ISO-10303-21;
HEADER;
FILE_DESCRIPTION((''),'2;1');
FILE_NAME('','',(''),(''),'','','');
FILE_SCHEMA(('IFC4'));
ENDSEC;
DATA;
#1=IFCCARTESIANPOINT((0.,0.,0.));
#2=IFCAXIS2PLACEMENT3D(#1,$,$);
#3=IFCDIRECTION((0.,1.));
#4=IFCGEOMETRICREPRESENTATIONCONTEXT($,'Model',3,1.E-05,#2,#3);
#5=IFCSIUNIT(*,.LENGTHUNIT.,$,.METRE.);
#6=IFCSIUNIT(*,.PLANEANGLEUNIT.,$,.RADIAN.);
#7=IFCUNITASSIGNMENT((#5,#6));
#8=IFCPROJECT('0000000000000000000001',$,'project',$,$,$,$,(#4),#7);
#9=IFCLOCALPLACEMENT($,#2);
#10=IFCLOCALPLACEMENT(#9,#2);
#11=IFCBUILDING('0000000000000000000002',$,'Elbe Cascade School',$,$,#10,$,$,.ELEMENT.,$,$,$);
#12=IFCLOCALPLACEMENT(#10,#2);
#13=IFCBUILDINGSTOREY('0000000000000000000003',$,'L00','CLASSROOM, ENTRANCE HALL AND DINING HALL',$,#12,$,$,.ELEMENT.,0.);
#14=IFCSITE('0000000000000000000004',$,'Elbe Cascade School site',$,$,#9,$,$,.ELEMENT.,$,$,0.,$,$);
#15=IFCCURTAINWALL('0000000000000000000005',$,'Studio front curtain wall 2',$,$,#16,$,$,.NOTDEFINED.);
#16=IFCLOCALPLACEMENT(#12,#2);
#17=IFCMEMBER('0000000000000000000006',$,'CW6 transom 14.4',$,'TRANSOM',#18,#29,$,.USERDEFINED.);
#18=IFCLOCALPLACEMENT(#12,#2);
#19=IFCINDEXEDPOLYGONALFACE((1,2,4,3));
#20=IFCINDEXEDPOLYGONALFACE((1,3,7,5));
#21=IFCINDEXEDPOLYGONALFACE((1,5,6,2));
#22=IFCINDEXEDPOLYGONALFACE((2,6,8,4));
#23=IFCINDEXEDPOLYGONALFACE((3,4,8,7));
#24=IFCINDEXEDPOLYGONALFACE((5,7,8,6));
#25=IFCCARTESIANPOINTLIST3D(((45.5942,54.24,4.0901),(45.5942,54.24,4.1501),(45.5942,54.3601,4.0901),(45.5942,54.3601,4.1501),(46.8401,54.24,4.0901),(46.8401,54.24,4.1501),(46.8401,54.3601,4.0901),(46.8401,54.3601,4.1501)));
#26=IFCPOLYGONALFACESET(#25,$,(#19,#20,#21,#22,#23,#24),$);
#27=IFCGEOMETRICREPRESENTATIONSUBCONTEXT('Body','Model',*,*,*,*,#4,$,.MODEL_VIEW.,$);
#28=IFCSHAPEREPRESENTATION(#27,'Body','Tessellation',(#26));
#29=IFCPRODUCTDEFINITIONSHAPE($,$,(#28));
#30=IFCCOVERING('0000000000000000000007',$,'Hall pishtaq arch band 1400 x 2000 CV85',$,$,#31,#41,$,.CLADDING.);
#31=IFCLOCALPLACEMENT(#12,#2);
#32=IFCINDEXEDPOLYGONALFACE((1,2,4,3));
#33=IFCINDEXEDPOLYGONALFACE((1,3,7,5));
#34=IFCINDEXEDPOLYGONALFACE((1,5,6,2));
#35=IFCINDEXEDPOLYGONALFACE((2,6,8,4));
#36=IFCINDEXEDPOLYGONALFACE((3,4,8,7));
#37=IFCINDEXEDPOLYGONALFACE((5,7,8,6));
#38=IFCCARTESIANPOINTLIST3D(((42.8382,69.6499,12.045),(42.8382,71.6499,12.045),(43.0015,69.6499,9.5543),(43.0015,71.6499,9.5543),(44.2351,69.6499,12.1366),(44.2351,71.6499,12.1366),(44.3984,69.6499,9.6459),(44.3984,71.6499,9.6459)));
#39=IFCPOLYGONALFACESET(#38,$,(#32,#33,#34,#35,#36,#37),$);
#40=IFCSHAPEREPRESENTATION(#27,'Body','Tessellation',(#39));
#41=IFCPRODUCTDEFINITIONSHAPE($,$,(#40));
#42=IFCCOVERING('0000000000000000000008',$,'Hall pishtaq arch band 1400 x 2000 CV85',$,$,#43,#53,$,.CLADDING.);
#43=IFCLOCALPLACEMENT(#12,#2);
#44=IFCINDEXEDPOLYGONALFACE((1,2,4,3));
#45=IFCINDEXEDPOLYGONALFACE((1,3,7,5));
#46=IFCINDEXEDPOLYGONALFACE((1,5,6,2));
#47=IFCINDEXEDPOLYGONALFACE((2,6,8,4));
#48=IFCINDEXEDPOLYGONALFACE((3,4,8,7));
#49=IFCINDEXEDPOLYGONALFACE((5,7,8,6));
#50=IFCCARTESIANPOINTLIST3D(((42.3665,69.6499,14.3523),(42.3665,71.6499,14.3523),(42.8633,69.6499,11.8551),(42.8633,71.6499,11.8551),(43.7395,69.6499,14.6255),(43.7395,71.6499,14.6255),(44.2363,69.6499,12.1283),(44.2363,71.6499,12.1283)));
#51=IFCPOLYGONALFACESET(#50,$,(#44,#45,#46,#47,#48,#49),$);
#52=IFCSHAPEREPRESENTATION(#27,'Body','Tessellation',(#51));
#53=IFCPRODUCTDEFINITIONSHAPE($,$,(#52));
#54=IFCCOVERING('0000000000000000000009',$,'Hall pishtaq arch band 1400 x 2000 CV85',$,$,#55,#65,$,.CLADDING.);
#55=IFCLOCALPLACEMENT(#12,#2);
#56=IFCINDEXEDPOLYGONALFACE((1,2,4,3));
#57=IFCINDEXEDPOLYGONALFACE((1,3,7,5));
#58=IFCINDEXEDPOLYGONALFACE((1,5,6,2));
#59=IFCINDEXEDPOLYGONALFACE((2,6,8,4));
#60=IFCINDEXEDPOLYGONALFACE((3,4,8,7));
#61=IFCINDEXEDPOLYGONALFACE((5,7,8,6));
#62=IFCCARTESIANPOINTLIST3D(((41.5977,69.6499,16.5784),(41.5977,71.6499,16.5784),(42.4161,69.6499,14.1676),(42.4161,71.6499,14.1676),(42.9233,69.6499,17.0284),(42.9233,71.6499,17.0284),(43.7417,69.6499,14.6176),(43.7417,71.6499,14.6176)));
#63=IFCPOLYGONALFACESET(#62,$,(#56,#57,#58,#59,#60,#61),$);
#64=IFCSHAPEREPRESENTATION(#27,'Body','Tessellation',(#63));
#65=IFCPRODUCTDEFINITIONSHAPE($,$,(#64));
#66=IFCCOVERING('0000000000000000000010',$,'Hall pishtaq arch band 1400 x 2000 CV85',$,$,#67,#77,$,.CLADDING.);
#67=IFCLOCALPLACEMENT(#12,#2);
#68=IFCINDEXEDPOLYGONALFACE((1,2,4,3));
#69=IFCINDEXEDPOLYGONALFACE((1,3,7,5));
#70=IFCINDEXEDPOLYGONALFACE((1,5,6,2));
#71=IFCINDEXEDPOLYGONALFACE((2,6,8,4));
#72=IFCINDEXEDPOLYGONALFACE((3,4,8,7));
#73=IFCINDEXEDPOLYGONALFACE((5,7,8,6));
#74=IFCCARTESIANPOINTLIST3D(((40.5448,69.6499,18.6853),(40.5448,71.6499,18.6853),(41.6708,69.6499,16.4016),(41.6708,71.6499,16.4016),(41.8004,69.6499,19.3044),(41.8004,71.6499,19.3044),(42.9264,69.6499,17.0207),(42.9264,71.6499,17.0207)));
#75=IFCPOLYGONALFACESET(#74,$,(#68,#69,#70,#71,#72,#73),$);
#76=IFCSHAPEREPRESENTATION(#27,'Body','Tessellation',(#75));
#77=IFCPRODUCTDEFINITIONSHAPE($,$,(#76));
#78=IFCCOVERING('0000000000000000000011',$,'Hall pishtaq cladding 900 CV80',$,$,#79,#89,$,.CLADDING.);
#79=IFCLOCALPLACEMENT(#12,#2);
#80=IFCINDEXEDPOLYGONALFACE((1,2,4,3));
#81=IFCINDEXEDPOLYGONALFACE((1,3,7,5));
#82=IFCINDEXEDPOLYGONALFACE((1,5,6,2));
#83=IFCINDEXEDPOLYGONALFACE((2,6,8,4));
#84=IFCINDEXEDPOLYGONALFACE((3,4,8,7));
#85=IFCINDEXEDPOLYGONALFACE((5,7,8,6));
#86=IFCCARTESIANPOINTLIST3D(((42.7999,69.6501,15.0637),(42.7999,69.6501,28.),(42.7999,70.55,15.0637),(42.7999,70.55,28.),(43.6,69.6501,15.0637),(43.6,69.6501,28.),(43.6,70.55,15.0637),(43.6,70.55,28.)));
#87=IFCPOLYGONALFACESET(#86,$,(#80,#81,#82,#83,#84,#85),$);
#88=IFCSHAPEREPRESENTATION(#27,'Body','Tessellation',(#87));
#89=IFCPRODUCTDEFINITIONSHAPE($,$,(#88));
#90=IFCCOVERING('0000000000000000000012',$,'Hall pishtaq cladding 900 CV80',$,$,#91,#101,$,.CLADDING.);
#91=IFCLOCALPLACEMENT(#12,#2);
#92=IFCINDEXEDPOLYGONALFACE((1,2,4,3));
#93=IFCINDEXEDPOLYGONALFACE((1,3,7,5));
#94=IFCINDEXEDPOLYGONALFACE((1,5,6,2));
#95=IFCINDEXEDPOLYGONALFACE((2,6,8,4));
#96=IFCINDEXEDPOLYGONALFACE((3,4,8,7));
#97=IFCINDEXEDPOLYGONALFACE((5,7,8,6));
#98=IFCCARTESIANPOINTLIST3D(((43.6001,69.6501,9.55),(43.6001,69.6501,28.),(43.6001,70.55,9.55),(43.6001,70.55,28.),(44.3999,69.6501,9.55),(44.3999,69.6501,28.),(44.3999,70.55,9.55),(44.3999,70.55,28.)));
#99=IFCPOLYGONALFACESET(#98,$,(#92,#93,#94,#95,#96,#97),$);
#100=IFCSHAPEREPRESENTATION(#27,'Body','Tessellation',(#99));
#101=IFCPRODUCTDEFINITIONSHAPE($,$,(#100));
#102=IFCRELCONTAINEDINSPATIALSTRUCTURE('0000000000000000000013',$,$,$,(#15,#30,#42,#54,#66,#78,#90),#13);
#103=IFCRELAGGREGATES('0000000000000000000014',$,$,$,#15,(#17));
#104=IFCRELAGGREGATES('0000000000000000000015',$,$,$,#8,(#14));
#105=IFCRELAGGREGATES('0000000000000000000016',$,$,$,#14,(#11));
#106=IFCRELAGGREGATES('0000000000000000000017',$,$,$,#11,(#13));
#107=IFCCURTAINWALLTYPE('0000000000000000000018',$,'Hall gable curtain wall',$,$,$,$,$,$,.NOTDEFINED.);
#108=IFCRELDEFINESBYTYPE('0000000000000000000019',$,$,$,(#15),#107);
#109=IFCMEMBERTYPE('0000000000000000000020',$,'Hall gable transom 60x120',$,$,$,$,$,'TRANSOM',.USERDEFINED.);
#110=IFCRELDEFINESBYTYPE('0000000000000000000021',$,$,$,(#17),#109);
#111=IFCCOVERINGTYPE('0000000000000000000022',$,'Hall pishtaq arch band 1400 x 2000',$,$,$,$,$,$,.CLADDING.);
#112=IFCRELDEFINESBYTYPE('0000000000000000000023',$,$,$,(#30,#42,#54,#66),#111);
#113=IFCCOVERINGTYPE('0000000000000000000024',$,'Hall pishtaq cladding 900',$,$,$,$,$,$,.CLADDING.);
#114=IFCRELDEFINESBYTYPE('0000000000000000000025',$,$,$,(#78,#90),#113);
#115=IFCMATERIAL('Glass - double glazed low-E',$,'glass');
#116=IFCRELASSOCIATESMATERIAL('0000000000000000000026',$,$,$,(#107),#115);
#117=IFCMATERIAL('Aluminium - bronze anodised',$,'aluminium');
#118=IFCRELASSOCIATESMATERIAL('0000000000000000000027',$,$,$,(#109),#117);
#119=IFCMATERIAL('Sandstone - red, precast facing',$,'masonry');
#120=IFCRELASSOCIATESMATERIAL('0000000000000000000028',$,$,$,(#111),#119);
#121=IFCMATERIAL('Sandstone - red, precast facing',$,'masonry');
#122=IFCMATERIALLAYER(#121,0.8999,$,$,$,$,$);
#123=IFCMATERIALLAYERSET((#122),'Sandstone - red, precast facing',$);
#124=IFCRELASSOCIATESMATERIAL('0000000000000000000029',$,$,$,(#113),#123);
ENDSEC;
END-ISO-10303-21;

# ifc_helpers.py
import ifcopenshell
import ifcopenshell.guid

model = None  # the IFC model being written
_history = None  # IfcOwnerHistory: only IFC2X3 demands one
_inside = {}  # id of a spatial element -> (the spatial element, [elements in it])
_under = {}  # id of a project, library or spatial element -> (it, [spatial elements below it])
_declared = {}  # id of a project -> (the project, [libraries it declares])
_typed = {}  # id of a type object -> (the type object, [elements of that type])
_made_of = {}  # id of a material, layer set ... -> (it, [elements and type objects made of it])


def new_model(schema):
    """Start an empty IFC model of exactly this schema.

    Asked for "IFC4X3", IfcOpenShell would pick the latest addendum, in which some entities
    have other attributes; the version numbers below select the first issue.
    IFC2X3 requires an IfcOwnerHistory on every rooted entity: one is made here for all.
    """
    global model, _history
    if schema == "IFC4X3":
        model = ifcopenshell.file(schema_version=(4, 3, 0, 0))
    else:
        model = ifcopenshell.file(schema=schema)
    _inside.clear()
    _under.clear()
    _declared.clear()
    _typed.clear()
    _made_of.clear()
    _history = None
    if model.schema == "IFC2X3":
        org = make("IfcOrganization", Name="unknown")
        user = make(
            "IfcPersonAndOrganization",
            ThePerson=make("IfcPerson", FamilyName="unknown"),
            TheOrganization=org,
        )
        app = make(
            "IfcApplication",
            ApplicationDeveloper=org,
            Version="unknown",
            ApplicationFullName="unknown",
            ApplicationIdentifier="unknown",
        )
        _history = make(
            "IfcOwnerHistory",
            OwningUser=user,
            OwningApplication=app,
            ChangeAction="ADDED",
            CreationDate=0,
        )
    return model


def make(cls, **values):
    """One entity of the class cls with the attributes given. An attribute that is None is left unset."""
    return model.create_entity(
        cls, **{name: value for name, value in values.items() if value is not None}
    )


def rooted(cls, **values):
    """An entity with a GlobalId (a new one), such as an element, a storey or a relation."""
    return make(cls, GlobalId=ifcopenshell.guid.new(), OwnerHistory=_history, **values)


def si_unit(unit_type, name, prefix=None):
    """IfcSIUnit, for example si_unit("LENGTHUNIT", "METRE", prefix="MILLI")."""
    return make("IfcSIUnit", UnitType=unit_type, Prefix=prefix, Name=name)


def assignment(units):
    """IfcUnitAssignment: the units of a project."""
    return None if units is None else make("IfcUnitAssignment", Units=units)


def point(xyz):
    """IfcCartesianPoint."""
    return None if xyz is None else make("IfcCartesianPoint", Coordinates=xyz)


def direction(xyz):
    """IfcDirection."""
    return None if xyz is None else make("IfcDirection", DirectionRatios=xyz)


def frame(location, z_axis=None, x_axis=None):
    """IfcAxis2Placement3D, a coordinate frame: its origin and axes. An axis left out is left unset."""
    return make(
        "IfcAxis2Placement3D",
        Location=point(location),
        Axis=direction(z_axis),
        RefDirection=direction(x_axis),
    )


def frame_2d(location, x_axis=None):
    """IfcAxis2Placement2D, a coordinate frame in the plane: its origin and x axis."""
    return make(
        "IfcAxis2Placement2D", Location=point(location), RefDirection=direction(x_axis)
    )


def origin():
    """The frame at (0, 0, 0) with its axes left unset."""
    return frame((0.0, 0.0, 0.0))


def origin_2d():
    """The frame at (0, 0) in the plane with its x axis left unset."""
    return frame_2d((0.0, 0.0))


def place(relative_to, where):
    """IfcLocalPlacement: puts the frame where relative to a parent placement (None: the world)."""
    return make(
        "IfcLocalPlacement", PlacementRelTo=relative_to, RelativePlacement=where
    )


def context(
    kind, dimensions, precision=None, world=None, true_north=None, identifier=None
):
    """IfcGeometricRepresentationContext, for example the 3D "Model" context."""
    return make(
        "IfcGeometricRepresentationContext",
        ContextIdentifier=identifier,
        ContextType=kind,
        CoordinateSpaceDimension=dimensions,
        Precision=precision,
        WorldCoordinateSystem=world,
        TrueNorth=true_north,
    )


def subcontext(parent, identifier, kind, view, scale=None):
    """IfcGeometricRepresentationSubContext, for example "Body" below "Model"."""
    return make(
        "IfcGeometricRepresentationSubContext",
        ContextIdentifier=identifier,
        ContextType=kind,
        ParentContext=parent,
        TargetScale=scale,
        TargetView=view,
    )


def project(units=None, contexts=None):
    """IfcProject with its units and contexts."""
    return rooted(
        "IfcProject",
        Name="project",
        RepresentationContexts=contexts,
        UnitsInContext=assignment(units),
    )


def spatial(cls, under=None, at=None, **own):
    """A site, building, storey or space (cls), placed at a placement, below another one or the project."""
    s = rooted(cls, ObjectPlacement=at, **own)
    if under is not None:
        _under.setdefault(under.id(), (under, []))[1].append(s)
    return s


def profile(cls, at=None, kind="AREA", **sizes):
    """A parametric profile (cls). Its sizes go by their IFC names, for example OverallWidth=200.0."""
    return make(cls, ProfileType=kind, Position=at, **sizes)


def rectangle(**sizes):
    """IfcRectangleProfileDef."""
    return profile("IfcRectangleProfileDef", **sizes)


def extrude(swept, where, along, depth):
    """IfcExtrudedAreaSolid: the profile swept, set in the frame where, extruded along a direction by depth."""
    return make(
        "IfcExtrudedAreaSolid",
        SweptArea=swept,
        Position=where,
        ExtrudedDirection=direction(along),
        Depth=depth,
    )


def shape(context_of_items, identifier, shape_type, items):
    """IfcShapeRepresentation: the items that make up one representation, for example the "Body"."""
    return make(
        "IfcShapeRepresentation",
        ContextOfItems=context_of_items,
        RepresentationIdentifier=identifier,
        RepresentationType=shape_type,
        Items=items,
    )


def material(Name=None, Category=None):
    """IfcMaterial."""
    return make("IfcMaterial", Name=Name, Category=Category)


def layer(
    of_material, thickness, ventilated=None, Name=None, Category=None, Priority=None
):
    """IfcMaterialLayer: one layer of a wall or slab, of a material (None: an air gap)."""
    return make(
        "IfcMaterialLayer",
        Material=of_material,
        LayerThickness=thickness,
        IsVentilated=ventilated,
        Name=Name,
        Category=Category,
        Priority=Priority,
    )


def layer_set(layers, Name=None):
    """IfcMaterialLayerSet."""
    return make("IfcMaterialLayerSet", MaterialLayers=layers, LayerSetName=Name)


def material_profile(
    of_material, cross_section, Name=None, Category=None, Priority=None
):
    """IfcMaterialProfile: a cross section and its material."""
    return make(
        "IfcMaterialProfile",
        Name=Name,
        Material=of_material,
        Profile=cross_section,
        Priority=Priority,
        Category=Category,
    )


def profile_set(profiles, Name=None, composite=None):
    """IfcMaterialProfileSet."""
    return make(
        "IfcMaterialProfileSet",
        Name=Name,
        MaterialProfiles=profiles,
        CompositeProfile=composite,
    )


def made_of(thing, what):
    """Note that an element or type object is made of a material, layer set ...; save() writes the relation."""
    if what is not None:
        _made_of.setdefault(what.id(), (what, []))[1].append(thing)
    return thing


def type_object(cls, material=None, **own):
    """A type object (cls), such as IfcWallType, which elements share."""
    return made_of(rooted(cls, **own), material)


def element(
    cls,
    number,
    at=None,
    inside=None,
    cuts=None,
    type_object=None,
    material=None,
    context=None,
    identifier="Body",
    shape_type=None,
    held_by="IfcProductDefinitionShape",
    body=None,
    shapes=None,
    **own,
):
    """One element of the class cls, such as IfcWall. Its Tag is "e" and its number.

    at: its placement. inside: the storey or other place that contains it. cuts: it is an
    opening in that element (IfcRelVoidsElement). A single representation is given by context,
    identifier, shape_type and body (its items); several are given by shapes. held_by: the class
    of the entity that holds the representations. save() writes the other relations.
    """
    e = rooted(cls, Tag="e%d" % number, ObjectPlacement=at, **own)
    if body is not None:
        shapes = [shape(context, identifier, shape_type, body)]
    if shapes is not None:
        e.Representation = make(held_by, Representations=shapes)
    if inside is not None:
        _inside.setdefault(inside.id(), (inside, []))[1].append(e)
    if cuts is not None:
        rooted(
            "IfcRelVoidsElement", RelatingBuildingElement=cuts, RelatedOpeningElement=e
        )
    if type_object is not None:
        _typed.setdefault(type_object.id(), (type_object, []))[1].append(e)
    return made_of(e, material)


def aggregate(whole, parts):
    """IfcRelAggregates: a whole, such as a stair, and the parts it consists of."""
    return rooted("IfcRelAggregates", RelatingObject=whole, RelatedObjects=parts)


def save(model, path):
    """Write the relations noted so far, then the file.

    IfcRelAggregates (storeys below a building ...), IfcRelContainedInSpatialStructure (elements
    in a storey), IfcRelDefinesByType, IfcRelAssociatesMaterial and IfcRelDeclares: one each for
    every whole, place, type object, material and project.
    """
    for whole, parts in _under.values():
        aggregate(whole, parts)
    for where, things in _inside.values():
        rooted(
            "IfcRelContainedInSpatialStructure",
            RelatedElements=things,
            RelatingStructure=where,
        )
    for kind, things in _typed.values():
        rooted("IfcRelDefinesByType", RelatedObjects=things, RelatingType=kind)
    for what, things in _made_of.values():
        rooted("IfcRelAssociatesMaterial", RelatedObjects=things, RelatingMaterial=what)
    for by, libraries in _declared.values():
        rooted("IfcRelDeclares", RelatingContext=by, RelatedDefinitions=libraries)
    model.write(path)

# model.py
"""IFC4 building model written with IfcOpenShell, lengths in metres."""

from ifc_helpers import new_model, si_unit, direction, frame, frame_2d, origin, origin_2d, place, context, subcontext, project, spatial, rectangle, extrude, material, layer, layer_set, material_profile, profile_set, type_object, element, aggregate, save


model = new_model("IFC4")

# Units and contexts
model_context = context("Model", 3, precision=1e-05, world=origin(), true_north=direction((0.0, 1.0)))
body_context = subcontext(model_context, "Body", "Model", "MODEL_VIEW")
ifc_project = project(units=[si_unit("LENGTHUNIT", "METRE"), si_unit("PLANEANGLEUNIT", "RADIAN")], contexts=[model_context])

# Site, building, storey
site_placement = place(None, origin())
site = spatial("IfcSite", under=ifc_project, at=site_placement, Name="Elbe Cascade School site", CompositionType="ELEMENT", RefElevation=0.0)
building_placement = place(site_placement, origin())
building = spatial("IfcBuilding", under=site, at=building_placement, Name="Elbe Cascade School", CompositionType="ELEMENT")
storey_placement = place(building_placement, origin())
storey = spatial("IfcBuildingStorey", under=building, at=storey_placement, Name="L00", Description="CLASSROOM, ENTRANCE HALL AND DINING HALL", CompositionType="ELEMENT", Elevation=0.0)

# Curtain wall, member
ifc_material_1 = material(Name="Glass - double glazed low-E", Category="glass")
curtain_wall_type = type_object("IfcCurtainWallType", Name="Hall gable curtain wall", PredefinedType="NOTDEFINED", material=ifc_material_1)
curtain_wall_placement = place(storey_placement, origin())
curtain_wall = element("IfcCurtainWall", 1, at=curtain_wall_placement, inside=storey, type_object=curtain_wall_type, Name="Studio front curtain wall 2", PredefinedType="NOTDEFINED")
ifc_material_2 = material(Name="Aluminium - bronze anodised", Category="aluminium")
ifc_material_profile_1 = material_profile(ifc_material_2, rectangle(XDim=0.1201, YDim=0.0601, at=origin_2d()), Name="Alu 60x120")
ifc_profile_set_1 = profile_set([ifc_material_profile_1], Name="Aluminium - bronze anodised")
member_type = type_object("IfcMemberType", Name="Hall gable transom 60x120", ElementType="TRANSOM", PredefinedType="USERDEFINED", material=ifc_profile_set_1)
member_1_placement = place(storey_placement, frame((45.5942, 54.3, 4.1201), z_axis=(1.0, 0.0, 0.0), x_axis=(0.0, 1.0, 0.0)))
member_1 = element("IfcMember", 2, at=member_1_placement, type_object=member_type, Name="CW6 transom 14.4", ObjectType="TRANSOM", PredefinedType="USERDEFINED", context=body_context, shape_type="SweptSolid", body=[
    extrude(rectangle(XDim=0.1201, YDim=0.0601, at=origin_2d()), origin(), (0.0, 0.0, 1.0), 1.2458),
])
aggregate(curtain_wall, [member_1])

# Coverings
ifc_material_3 = material(Name="Sandstone - red, precast facing", Category="masonry")
covering_type_1 = type_object("IfcCoveringType", Name="Hall pishtaq arch band 1400 x 2000", PredefinedType="CLADDING", material=ifc_material_3)
covering_1_placement = place(storey_placement, frame((43.7, 70.6499, 9.6001), z_axis=(-0.065435, 0.0, 0.997857), x_axis=(0.0, -1.0, 0.0)))
element("IfcCovering", 3, at=covering_1_placement, inside=storey, type_object=covering_type_1, Name="Hall pishtaq arch band 1400 x 2000 CV85", PredefinedType="CLADDING", context=body_context, shape_type="SweptSolid", body=[
    extrude(rectangle(XDim=2.0, YDim=1.3999, at=origin_2d()), origin(), (0.0, 0.0, 1.0), 2.4961),
])
covering_2_placement = place(storey_placement, frame((43.5498, 70.6499, 11.9917), z_axis=(-0.19512, 0.0, 0.980779), x_axis=(0.0, -1.0, 0.0)))
element("IfcCovering", 4, at=covering_2_placement, inside=storey, type_object=covering_type_1, Name="Hall pishtaq arch band 1400 x 2000 CV85", PredefinedType="CLADDING", context=body_context, shape_type="SweptSolid", body=[
    extrude(rectangle(XDim=2.0, YDim=1.3999, at=origin_2d()), origin(), (0.0, 0.0, 1.0), 2.5461),
])
covering_3_placement = place(storey_placement, frame((43.0789, 70.6499, 14.3926), z_axis=(-0.32143, 0.0, 0.946933), x_axis=(0.0, -1.0, 0.0)))
element("IfcCovering", 5, at=covering_3_placement, inside=storey, type_object=covering_type_1, Name="Hall pishtaq arch band 1400 x 2000 CV85", PredefinedType="CLADDING", context=body_context, shape_type="SweptSolid", body=[
    extrude(rectangle(XDim=2.0, YDim=1.3999, at=origin_2d()), origin(), (0.0, 0.0, 1.0), 2.5459),
])
covering_4_placement = place(storey_placement, frame((42.2986, 70.6499, 16.7112), z_axis=(-0.442221, 0.0, 0.896906), x_axis=(0.0, -1.0, 0.0)))
element("IfcCovering", 6, at=covering_4_placement, inside=storey, type_object=covering_type_1, Name="Hall pishtaq arch band 1400 x 2000 CV85", PredefinedType="CLADDING", context=body_context, shape_type="SweptSolid", body=[
    extrude(rectangle(XDim=2.0, YDim=1.3999, at=origin_2d()), origin(), (0.0, 0.0, 1.0), 2.5461),
])
ifc_material_4 = material(Name="Sandstone - red, precast facing", Category="masonry")
ifc_layer = layer(ifc_material_4, 0.8999)
ifc_layer_set = layer_set([ifc_layer], Name="Sandstone - red, precast facing")
covering_type_2 = type_object("IfcCoveringType", Name="Hall pishtaq cladding 900", PredefinedType="CLADDING", material=ifc_layer_set)
covering_5_placement = place(storey_placement, frame((42.8, 70.1001, 15.0637), z_axis=(0.0, 0.0, 1.0), x_axis=(1.0, 0.0, 0.0)))
element("IfcCovering", 7, at=covering_5_placement, inside=storey, type_object=covering_type_2, Name="Hall pishtaq cladding 900 CV80", PredefinedType="CLADDING", context=body_context, shape_type="SweptSolid", body=[
    extrude(rectangle(XDim=0.8, YDim=0.8999, at=frame_2d((0.3999, 0.0))), origin(), (0.0, 0.0, 1.0), 12.9363),
])
covering_6_placement = place(storey_placement, frame((43.6001, 70.1001, 9.55), z_axis=(0.0, 0.0, 1.0), x_axis=(1.0, 0.0, 0.0)))
element("IfcCovering", 8, at=covering_6_placement, inside=storey, type_object=covering_type_2, Name="Hall pishtaq cladding 900 CV80", PredefinedType="CLADDING", context=body_context, shape_type="SweptSolid", body=[
    extrude(rectangle(XDim=0.7998, YDim=0.8999, at=frame_2d((0.3999, 0.0))), origin(), (0.0, 0.0, 1.0), 18.45),
])

save(model, "model.ifc")
